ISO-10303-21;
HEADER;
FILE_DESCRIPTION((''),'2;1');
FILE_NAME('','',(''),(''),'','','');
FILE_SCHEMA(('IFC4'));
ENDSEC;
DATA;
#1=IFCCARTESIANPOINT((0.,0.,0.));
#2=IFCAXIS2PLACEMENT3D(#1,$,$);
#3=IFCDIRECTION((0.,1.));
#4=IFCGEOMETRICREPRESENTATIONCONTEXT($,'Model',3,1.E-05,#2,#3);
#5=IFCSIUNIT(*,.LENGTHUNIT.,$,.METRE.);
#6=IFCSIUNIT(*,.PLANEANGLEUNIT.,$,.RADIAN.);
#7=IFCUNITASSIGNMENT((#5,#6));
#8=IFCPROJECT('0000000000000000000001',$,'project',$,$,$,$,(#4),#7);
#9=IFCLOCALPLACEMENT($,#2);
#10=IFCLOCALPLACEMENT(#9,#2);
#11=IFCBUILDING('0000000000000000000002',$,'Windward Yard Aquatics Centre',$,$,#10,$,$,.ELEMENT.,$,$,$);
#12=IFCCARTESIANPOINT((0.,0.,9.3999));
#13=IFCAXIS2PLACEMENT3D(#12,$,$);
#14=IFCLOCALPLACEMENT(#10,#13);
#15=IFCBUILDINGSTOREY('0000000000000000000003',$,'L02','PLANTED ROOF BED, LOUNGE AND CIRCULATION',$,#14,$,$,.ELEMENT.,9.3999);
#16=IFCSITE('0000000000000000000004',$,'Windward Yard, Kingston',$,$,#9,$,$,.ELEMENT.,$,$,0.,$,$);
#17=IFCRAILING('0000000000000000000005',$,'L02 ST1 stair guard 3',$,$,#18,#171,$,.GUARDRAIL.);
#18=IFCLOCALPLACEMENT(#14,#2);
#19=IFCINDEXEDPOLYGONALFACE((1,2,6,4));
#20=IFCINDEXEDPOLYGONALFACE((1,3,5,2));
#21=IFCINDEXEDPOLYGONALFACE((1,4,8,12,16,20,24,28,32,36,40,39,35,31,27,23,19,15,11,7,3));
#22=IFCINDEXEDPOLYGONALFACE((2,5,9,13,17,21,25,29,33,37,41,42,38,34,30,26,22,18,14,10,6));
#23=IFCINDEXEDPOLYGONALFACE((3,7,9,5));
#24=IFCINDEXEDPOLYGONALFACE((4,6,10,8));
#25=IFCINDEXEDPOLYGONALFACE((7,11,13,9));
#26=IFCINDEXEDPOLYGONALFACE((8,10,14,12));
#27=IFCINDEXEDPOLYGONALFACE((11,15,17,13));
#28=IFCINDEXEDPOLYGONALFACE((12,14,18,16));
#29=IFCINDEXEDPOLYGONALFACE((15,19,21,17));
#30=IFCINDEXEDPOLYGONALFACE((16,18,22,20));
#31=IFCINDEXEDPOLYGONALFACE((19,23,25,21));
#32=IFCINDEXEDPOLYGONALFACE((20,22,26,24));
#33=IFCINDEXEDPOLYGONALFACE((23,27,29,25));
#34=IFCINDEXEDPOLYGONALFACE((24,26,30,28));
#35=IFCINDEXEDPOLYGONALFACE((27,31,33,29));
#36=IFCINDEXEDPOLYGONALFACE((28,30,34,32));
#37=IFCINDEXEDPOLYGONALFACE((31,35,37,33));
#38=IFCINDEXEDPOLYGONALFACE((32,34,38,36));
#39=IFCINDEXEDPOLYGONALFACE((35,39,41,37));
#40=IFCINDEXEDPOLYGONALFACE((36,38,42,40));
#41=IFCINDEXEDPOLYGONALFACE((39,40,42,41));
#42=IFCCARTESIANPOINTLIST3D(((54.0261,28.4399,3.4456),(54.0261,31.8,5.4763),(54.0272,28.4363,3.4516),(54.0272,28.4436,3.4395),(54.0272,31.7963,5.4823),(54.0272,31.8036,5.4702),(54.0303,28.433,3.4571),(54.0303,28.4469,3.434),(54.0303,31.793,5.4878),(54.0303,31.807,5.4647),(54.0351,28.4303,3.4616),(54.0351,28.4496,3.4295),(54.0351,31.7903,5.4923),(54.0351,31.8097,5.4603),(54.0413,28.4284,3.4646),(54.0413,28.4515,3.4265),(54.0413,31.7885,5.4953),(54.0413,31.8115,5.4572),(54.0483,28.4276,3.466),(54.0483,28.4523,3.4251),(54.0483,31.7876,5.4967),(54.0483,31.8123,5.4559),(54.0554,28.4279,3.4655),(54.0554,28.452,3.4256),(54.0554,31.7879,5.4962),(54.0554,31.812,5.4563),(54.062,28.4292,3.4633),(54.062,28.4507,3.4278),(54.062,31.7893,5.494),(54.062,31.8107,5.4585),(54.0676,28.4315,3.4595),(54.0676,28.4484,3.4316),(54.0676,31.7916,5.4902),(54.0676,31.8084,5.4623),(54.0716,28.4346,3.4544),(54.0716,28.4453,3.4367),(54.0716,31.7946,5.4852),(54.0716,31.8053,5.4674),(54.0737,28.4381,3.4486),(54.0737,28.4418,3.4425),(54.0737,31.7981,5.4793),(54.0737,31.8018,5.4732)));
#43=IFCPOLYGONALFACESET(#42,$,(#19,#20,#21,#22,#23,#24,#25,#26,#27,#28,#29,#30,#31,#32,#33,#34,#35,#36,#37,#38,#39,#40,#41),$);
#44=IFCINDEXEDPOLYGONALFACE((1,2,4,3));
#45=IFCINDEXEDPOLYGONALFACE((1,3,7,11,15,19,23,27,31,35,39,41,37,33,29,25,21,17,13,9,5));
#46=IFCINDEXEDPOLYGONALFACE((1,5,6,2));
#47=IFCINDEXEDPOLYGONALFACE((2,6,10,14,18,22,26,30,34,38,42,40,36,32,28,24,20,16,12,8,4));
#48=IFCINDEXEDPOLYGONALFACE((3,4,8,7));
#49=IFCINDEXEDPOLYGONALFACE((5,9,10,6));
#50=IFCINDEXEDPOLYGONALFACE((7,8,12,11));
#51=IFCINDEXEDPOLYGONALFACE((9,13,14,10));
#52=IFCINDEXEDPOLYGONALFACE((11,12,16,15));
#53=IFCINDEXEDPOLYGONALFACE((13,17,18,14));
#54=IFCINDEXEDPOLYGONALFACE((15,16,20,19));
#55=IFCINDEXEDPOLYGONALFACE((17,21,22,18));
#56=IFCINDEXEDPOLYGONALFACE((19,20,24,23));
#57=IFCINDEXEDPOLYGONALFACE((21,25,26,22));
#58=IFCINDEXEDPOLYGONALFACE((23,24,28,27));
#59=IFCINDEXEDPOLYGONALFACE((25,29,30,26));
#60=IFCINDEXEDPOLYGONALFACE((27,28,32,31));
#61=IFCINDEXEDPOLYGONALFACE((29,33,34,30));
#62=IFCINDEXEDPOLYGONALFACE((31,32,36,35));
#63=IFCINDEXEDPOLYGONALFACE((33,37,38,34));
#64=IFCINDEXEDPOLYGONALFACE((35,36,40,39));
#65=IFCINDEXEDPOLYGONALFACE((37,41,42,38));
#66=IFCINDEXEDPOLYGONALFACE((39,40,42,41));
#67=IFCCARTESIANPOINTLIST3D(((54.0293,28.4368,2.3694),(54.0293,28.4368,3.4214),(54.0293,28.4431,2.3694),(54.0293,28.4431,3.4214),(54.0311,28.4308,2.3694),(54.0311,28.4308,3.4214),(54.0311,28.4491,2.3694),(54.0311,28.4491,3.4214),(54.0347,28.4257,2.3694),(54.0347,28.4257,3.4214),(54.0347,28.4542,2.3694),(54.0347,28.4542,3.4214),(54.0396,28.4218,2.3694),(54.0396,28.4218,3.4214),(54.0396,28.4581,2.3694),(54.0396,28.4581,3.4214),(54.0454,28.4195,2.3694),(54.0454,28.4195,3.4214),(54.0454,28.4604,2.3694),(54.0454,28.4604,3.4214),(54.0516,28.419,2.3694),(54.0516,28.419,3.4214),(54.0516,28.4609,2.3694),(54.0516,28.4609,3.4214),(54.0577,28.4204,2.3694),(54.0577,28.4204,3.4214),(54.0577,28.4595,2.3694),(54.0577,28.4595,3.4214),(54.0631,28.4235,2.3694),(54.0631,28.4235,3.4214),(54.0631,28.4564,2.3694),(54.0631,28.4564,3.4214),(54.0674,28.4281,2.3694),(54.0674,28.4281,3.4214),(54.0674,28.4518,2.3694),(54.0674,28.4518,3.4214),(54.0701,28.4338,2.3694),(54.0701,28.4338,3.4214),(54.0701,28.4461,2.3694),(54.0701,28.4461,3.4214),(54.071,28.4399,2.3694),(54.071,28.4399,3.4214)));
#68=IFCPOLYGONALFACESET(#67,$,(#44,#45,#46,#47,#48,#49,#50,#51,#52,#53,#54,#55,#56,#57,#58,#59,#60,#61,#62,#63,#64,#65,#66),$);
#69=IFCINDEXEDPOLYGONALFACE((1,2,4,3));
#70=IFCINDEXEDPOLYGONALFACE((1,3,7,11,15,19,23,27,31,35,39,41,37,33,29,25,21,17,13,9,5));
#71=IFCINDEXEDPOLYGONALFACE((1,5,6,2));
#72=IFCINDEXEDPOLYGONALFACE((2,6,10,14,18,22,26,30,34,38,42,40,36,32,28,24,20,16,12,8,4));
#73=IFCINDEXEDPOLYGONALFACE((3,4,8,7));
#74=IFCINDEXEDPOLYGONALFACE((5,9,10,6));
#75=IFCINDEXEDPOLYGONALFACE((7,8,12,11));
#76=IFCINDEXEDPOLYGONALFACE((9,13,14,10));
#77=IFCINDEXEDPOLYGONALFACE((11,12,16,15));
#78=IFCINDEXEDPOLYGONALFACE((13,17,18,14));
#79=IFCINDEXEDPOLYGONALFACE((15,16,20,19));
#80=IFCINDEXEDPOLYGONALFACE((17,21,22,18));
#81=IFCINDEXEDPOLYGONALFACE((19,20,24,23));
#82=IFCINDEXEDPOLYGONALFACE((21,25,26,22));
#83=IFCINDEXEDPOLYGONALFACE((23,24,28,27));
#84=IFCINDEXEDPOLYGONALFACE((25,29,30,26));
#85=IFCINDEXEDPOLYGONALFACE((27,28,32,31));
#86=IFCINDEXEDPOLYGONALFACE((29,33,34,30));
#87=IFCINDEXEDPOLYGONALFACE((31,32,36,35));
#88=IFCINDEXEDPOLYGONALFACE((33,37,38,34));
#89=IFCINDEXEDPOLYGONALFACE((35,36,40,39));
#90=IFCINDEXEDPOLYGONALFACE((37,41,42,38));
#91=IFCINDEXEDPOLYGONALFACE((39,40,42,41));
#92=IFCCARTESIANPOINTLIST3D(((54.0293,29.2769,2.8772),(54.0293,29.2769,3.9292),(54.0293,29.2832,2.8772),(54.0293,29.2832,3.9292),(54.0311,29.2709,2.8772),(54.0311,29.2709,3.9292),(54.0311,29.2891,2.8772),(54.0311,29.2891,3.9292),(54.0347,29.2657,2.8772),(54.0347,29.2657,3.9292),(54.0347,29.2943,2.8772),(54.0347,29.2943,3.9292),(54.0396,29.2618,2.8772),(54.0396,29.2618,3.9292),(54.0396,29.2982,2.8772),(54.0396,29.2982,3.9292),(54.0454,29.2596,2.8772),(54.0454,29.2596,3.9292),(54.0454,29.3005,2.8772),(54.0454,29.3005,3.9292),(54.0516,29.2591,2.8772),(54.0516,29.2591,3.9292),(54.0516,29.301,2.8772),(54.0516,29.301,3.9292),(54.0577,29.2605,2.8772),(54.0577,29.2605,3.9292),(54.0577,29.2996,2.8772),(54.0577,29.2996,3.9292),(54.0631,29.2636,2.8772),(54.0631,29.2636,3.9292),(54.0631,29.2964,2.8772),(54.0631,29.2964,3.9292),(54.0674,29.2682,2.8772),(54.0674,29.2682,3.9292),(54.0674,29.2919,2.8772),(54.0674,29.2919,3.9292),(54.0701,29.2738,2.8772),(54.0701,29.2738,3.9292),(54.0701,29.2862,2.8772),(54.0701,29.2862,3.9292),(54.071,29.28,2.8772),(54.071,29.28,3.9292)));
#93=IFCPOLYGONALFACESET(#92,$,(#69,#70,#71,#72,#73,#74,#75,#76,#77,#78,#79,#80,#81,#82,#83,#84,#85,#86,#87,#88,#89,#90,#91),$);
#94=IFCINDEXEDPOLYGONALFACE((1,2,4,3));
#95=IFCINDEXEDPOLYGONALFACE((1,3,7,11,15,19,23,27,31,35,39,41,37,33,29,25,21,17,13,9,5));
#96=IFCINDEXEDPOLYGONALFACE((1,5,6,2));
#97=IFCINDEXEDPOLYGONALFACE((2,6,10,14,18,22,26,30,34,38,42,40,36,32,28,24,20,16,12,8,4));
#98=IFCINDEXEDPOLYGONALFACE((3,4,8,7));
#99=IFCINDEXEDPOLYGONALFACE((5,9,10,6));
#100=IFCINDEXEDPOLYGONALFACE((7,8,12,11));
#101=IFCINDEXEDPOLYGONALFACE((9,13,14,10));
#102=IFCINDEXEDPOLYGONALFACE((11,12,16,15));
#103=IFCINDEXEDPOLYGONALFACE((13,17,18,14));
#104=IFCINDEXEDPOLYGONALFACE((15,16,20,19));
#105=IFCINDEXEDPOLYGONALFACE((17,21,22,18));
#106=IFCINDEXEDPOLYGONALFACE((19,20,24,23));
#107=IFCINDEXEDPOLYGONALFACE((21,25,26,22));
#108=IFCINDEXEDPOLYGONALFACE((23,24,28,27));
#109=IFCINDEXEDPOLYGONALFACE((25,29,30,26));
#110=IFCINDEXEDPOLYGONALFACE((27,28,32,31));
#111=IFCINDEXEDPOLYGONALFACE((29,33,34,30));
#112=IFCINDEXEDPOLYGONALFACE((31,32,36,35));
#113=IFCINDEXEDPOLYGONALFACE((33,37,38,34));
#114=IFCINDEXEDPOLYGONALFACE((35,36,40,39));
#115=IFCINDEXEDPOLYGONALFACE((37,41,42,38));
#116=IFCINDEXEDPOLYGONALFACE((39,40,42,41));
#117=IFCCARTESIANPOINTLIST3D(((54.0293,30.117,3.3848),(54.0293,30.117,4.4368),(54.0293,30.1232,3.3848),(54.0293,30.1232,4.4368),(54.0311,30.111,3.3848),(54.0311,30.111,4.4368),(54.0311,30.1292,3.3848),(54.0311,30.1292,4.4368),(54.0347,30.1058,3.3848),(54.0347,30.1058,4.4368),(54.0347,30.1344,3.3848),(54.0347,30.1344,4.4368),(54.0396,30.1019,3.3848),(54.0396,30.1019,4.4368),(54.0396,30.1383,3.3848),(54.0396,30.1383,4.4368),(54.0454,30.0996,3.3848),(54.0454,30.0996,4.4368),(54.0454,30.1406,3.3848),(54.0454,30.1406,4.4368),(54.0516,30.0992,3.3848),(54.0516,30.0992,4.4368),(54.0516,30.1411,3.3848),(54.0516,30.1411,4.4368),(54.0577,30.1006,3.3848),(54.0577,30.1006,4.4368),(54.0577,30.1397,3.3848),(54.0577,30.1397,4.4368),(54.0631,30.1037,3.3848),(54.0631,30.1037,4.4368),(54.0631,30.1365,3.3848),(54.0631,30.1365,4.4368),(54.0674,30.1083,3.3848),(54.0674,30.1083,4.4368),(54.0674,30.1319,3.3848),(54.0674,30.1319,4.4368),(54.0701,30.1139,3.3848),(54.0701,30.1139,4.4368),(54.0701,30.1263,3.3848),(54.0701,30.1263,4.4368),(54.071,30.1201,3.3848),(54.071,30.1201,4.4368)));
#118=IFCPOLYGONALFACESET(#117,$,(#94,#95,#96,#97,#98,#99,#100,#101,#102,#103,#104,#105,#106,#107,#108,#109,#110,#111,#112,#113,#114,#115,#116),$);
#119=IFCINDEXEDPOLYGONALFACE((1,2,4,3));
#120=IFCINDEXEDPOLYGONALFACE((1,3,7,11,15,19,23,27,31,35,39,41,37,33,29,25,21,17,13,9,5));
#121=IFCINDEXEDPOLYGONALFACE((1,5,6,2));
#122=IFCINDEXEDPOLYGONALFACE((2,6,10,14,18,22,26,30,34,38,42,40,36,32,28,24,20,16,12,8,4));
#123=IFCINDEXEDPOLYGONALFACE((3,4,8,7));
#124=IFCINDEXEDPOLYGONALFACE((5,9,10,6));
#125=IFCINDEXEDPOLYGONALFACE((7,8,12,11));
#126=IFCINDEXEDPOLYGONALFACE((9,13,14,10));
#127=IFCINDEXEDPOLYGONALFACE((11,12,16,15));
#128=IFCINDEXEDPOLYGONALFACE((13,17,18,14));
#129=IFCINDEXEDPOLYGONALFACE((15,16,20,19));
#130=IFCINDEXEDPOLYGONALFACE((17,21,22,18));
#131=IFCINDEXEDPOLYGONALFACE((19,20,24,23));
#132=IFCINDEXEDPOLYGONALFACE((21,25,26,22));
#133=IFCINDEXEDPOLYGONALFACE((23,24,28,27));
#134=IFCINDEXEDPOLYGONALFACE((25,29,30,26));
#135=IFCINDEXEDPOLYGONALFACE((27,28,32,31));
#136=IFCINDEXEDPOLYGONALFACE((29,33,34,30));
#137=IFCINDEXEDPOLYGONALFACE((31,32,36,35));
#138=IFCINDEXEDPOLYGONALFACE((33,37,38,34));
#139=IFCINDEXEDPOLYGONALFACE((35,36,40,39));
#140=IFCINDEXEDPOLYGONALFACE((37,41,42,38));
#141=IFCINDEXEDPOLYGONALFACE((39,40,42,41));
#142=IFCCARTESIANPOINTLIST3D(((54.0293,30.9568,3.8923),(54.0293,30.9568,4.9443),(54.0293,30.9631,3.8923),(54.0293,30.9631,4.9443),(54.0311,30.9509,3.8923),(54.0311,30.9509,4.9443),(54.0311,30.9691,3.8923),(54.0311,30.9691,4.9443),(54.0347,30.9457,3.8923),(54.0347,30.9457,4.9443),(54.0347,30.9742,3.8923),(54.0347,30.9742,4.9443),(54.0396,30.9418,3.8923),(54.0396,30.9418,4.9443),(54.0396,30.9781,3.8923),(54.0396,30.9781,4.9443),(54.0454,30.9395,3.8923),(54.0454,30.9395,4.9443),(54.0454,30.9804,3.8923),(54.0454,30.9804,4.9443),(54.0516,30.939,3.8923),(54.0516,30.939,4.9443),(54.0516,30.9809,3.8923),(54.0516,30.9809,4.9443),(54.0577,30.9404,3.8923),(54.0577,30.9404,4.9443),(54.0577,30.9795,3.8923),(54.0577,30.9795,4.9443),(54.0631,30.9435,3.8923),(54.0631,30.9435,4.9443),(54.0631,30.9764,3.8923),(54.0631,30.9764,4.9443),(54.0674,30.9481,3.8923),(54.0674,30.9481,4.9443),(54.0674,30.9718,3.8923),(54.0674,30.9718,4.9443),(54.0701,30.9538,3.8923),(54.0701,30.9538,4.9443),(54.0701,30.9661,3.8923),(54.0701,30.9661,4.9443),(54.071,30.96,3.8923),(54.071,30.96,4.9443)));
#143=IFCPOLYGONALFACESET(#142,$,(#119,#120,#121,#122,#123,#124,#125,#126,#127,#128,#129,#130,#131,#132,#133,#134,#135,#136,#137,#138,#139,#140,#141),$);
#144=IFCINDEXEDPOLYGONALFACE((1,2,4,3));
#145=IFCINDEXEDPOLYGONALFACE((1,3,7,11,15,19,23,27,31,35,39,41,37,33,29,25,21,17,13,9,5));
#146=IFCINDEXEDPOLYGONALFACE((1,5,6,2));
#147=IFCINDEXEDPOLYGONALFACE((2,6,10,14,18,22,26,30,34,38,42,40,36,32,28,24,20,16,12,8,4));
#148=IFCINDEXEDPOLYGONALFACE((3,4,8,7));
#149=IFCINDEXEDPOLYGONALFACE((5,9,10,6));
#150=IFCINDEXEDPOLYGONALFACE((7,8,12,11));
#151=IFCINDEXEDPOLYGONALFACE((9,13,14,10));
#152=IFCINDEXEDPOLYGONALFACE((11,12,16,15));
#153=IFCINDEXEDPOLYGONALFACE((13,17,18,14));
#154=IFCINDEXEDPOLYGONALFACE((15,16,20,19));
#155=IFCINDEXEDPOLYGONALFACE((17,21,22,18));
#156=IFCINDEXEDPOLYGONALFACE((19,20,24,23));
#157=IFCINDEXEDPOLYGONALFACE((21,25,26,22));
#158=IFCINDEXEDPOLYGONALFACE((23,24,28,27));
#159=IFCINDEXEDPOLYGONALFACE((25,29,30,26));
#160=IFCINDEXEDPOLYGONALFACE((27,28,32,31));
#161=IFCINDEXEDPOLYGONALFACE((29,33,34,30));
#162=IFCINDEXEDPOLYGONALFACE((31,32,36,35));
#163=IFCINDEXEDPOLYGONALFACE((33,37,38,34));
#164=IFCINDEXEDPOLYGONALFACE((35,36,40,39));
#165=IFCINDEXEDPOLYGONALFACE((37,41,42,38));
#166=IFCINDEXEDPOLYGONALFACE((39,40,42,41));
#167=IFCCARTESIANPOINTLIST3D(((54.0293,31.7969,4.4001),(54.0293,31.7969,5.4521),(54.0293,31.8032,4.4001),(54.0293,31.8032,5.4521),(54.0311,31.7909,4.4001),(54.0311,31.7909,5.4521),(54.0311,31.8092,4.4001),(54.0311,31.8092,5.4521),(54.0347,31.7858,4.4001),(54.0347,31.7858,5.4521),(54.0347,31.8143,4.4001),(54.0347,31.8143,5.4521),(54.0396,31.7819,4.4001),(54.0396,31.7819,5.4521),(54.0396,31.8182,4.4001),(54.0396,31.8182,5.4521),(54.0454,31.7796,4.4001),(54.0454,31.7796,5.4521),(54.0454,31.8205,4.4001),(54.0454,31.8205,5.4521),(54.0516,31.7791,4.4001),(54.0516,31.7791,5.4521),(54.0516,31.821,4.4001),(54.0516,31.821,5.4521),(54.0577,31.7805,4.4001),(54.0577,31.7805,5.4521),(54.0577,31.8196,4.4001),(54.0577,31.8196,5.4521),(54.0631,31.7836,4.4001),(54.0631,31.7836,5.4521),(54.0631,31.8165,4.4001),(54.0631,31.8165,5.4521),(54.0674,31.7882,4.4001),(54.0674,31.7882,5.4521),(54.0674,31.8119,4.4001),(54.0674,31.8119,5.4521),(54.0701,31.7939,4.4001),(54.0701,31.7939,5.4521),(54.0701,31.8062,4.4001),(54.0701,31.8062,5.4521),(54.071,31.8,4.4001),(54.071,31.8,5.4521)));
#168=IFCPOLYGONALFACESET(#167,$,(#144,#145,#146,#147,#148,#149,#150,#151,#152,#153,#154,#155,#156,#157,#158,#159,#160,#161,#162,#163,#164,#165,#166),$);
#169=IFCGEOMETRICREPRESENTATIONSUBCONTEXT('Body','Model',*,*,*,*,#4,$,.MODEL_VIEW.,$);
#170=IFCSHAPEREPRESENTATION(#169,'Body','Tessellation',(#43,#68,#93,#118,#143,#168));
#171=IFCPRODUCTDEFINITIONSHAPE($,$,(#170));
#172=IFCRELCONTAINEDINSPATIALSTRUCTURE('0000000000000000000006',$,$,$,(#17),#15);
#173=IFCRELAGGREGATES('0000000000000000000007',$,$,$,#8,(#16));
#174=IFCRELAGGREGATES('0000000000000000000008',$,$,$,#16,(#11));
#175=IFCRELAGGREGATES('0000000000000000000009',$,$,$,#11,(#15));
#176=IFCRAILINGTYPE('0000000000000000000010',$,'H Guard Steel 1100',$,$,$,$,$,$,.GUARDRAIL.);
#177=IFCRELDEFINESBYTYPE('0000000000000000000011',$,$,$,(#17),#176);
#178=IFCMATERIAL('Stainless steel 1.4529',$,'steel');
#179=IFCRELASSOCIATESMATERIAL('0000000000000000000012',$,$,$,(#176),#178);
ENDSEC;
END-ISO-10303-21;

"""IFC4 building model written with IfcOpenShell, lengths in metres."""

from ifc_helpers import new_model, si_unit, direction, frame, origin, origin_2d, place, context, subcontext, project, spatial, circle, extrude, material, type_object, element, save


model = new_model("IFC4")

# Units and contexts
model_context = context("Model", 3, precision=1e-05, world=origin(), true_north=direction((0.0, 1.0)))
body_context = subcontext(model_context, "Body", "Model", "MODEL_VIEW")
ifc_project = project(units=[si_unit("LENGTHUNIT", "METRE"), si_unit("PLANEANGLEUNIT", "RADIAN")], contexts=[model_context])

# Site, building, storey
site_placement = place(None, origin())
site = spatial("IfcSite", under=ifc_project, at=site_placement, Name="Windward Yard, Kingston", CompositionType="ELEMENT", RefElevation=0.0)
building_placement = place(site_placement, origin())
building = spatial("IfcBuilding", under=site, at=building_placement, Name="Windward Yard Aquatics Centre", CompositionType="ELEMENT")
storey_placement = place(building_placement, frame((0.0, 0.0, 9.3999)))
storey = spatial("IfcBuildingStorey", under=building, at=storey_placement, Name="L02", Description="PLANTED ROOF BED, LOUNGE AND CIRCULATION", CompositionType="ELEMENT", Elevation=9.3999)

# Railing
ifc_material_1 = material(Name="Stainless steel 1.4529", Category="steel")
railing_type_1 = type_object("IfcRailingType", Name="H Guard Steel 1100", PredefinedType="GUARDRAIL", material=ifc_material_1)
railing_1_placement = place(storey_placement, frame((54.05, 28.4399, 2.3694)))
element("IfcRailing", 1, at=railing_1_placement, inside=storey, type_object=railing_type_1, Name="L02 ST1 stair guard 3", PredefinedType="GUARDRAIL", context=body_context, shape_type="SweptSolid", body=[
    extrude(circle(Radius=0.0239, at=origin_2d()), frame((0.0, 0.0, 1.0762), z_axis=(0.0, 0.855837, 0.517246), x_axis=(-1.0, 0.0, 0.0)), (0.0, 0.0, 1.0), 3.926),
    extrude(circle(Radius=0.021, at=origin_2d()), origin(), (0.0, 0.0, 1.0), 1.052),
    extrude(circle(Radius=0.021, at=origin_2d()), frame((0.0, 0.8401, 0.5078)), (0.0, 0.0, 1.0), 1.052),
    extrude(circle(Radius=0.021, at=origin_2d()), frame((0.0, 1.6802, 1.0154)), (0.0, 0.0, 1.0), 1.052),
    extrude(circle(Radius=0.021, at=origin_2d()), frame((0.0, 2.52, 1.5229)), (0.0, 0.0, 1.0), 1.052),
    extrude(circle(Radius=0.021, at=origin_2d()), frame((0.0, 3.3601, 2.0308)), (0.0, 0.0, 1.0), 1.052),
])

save(model, "model.ifc")
